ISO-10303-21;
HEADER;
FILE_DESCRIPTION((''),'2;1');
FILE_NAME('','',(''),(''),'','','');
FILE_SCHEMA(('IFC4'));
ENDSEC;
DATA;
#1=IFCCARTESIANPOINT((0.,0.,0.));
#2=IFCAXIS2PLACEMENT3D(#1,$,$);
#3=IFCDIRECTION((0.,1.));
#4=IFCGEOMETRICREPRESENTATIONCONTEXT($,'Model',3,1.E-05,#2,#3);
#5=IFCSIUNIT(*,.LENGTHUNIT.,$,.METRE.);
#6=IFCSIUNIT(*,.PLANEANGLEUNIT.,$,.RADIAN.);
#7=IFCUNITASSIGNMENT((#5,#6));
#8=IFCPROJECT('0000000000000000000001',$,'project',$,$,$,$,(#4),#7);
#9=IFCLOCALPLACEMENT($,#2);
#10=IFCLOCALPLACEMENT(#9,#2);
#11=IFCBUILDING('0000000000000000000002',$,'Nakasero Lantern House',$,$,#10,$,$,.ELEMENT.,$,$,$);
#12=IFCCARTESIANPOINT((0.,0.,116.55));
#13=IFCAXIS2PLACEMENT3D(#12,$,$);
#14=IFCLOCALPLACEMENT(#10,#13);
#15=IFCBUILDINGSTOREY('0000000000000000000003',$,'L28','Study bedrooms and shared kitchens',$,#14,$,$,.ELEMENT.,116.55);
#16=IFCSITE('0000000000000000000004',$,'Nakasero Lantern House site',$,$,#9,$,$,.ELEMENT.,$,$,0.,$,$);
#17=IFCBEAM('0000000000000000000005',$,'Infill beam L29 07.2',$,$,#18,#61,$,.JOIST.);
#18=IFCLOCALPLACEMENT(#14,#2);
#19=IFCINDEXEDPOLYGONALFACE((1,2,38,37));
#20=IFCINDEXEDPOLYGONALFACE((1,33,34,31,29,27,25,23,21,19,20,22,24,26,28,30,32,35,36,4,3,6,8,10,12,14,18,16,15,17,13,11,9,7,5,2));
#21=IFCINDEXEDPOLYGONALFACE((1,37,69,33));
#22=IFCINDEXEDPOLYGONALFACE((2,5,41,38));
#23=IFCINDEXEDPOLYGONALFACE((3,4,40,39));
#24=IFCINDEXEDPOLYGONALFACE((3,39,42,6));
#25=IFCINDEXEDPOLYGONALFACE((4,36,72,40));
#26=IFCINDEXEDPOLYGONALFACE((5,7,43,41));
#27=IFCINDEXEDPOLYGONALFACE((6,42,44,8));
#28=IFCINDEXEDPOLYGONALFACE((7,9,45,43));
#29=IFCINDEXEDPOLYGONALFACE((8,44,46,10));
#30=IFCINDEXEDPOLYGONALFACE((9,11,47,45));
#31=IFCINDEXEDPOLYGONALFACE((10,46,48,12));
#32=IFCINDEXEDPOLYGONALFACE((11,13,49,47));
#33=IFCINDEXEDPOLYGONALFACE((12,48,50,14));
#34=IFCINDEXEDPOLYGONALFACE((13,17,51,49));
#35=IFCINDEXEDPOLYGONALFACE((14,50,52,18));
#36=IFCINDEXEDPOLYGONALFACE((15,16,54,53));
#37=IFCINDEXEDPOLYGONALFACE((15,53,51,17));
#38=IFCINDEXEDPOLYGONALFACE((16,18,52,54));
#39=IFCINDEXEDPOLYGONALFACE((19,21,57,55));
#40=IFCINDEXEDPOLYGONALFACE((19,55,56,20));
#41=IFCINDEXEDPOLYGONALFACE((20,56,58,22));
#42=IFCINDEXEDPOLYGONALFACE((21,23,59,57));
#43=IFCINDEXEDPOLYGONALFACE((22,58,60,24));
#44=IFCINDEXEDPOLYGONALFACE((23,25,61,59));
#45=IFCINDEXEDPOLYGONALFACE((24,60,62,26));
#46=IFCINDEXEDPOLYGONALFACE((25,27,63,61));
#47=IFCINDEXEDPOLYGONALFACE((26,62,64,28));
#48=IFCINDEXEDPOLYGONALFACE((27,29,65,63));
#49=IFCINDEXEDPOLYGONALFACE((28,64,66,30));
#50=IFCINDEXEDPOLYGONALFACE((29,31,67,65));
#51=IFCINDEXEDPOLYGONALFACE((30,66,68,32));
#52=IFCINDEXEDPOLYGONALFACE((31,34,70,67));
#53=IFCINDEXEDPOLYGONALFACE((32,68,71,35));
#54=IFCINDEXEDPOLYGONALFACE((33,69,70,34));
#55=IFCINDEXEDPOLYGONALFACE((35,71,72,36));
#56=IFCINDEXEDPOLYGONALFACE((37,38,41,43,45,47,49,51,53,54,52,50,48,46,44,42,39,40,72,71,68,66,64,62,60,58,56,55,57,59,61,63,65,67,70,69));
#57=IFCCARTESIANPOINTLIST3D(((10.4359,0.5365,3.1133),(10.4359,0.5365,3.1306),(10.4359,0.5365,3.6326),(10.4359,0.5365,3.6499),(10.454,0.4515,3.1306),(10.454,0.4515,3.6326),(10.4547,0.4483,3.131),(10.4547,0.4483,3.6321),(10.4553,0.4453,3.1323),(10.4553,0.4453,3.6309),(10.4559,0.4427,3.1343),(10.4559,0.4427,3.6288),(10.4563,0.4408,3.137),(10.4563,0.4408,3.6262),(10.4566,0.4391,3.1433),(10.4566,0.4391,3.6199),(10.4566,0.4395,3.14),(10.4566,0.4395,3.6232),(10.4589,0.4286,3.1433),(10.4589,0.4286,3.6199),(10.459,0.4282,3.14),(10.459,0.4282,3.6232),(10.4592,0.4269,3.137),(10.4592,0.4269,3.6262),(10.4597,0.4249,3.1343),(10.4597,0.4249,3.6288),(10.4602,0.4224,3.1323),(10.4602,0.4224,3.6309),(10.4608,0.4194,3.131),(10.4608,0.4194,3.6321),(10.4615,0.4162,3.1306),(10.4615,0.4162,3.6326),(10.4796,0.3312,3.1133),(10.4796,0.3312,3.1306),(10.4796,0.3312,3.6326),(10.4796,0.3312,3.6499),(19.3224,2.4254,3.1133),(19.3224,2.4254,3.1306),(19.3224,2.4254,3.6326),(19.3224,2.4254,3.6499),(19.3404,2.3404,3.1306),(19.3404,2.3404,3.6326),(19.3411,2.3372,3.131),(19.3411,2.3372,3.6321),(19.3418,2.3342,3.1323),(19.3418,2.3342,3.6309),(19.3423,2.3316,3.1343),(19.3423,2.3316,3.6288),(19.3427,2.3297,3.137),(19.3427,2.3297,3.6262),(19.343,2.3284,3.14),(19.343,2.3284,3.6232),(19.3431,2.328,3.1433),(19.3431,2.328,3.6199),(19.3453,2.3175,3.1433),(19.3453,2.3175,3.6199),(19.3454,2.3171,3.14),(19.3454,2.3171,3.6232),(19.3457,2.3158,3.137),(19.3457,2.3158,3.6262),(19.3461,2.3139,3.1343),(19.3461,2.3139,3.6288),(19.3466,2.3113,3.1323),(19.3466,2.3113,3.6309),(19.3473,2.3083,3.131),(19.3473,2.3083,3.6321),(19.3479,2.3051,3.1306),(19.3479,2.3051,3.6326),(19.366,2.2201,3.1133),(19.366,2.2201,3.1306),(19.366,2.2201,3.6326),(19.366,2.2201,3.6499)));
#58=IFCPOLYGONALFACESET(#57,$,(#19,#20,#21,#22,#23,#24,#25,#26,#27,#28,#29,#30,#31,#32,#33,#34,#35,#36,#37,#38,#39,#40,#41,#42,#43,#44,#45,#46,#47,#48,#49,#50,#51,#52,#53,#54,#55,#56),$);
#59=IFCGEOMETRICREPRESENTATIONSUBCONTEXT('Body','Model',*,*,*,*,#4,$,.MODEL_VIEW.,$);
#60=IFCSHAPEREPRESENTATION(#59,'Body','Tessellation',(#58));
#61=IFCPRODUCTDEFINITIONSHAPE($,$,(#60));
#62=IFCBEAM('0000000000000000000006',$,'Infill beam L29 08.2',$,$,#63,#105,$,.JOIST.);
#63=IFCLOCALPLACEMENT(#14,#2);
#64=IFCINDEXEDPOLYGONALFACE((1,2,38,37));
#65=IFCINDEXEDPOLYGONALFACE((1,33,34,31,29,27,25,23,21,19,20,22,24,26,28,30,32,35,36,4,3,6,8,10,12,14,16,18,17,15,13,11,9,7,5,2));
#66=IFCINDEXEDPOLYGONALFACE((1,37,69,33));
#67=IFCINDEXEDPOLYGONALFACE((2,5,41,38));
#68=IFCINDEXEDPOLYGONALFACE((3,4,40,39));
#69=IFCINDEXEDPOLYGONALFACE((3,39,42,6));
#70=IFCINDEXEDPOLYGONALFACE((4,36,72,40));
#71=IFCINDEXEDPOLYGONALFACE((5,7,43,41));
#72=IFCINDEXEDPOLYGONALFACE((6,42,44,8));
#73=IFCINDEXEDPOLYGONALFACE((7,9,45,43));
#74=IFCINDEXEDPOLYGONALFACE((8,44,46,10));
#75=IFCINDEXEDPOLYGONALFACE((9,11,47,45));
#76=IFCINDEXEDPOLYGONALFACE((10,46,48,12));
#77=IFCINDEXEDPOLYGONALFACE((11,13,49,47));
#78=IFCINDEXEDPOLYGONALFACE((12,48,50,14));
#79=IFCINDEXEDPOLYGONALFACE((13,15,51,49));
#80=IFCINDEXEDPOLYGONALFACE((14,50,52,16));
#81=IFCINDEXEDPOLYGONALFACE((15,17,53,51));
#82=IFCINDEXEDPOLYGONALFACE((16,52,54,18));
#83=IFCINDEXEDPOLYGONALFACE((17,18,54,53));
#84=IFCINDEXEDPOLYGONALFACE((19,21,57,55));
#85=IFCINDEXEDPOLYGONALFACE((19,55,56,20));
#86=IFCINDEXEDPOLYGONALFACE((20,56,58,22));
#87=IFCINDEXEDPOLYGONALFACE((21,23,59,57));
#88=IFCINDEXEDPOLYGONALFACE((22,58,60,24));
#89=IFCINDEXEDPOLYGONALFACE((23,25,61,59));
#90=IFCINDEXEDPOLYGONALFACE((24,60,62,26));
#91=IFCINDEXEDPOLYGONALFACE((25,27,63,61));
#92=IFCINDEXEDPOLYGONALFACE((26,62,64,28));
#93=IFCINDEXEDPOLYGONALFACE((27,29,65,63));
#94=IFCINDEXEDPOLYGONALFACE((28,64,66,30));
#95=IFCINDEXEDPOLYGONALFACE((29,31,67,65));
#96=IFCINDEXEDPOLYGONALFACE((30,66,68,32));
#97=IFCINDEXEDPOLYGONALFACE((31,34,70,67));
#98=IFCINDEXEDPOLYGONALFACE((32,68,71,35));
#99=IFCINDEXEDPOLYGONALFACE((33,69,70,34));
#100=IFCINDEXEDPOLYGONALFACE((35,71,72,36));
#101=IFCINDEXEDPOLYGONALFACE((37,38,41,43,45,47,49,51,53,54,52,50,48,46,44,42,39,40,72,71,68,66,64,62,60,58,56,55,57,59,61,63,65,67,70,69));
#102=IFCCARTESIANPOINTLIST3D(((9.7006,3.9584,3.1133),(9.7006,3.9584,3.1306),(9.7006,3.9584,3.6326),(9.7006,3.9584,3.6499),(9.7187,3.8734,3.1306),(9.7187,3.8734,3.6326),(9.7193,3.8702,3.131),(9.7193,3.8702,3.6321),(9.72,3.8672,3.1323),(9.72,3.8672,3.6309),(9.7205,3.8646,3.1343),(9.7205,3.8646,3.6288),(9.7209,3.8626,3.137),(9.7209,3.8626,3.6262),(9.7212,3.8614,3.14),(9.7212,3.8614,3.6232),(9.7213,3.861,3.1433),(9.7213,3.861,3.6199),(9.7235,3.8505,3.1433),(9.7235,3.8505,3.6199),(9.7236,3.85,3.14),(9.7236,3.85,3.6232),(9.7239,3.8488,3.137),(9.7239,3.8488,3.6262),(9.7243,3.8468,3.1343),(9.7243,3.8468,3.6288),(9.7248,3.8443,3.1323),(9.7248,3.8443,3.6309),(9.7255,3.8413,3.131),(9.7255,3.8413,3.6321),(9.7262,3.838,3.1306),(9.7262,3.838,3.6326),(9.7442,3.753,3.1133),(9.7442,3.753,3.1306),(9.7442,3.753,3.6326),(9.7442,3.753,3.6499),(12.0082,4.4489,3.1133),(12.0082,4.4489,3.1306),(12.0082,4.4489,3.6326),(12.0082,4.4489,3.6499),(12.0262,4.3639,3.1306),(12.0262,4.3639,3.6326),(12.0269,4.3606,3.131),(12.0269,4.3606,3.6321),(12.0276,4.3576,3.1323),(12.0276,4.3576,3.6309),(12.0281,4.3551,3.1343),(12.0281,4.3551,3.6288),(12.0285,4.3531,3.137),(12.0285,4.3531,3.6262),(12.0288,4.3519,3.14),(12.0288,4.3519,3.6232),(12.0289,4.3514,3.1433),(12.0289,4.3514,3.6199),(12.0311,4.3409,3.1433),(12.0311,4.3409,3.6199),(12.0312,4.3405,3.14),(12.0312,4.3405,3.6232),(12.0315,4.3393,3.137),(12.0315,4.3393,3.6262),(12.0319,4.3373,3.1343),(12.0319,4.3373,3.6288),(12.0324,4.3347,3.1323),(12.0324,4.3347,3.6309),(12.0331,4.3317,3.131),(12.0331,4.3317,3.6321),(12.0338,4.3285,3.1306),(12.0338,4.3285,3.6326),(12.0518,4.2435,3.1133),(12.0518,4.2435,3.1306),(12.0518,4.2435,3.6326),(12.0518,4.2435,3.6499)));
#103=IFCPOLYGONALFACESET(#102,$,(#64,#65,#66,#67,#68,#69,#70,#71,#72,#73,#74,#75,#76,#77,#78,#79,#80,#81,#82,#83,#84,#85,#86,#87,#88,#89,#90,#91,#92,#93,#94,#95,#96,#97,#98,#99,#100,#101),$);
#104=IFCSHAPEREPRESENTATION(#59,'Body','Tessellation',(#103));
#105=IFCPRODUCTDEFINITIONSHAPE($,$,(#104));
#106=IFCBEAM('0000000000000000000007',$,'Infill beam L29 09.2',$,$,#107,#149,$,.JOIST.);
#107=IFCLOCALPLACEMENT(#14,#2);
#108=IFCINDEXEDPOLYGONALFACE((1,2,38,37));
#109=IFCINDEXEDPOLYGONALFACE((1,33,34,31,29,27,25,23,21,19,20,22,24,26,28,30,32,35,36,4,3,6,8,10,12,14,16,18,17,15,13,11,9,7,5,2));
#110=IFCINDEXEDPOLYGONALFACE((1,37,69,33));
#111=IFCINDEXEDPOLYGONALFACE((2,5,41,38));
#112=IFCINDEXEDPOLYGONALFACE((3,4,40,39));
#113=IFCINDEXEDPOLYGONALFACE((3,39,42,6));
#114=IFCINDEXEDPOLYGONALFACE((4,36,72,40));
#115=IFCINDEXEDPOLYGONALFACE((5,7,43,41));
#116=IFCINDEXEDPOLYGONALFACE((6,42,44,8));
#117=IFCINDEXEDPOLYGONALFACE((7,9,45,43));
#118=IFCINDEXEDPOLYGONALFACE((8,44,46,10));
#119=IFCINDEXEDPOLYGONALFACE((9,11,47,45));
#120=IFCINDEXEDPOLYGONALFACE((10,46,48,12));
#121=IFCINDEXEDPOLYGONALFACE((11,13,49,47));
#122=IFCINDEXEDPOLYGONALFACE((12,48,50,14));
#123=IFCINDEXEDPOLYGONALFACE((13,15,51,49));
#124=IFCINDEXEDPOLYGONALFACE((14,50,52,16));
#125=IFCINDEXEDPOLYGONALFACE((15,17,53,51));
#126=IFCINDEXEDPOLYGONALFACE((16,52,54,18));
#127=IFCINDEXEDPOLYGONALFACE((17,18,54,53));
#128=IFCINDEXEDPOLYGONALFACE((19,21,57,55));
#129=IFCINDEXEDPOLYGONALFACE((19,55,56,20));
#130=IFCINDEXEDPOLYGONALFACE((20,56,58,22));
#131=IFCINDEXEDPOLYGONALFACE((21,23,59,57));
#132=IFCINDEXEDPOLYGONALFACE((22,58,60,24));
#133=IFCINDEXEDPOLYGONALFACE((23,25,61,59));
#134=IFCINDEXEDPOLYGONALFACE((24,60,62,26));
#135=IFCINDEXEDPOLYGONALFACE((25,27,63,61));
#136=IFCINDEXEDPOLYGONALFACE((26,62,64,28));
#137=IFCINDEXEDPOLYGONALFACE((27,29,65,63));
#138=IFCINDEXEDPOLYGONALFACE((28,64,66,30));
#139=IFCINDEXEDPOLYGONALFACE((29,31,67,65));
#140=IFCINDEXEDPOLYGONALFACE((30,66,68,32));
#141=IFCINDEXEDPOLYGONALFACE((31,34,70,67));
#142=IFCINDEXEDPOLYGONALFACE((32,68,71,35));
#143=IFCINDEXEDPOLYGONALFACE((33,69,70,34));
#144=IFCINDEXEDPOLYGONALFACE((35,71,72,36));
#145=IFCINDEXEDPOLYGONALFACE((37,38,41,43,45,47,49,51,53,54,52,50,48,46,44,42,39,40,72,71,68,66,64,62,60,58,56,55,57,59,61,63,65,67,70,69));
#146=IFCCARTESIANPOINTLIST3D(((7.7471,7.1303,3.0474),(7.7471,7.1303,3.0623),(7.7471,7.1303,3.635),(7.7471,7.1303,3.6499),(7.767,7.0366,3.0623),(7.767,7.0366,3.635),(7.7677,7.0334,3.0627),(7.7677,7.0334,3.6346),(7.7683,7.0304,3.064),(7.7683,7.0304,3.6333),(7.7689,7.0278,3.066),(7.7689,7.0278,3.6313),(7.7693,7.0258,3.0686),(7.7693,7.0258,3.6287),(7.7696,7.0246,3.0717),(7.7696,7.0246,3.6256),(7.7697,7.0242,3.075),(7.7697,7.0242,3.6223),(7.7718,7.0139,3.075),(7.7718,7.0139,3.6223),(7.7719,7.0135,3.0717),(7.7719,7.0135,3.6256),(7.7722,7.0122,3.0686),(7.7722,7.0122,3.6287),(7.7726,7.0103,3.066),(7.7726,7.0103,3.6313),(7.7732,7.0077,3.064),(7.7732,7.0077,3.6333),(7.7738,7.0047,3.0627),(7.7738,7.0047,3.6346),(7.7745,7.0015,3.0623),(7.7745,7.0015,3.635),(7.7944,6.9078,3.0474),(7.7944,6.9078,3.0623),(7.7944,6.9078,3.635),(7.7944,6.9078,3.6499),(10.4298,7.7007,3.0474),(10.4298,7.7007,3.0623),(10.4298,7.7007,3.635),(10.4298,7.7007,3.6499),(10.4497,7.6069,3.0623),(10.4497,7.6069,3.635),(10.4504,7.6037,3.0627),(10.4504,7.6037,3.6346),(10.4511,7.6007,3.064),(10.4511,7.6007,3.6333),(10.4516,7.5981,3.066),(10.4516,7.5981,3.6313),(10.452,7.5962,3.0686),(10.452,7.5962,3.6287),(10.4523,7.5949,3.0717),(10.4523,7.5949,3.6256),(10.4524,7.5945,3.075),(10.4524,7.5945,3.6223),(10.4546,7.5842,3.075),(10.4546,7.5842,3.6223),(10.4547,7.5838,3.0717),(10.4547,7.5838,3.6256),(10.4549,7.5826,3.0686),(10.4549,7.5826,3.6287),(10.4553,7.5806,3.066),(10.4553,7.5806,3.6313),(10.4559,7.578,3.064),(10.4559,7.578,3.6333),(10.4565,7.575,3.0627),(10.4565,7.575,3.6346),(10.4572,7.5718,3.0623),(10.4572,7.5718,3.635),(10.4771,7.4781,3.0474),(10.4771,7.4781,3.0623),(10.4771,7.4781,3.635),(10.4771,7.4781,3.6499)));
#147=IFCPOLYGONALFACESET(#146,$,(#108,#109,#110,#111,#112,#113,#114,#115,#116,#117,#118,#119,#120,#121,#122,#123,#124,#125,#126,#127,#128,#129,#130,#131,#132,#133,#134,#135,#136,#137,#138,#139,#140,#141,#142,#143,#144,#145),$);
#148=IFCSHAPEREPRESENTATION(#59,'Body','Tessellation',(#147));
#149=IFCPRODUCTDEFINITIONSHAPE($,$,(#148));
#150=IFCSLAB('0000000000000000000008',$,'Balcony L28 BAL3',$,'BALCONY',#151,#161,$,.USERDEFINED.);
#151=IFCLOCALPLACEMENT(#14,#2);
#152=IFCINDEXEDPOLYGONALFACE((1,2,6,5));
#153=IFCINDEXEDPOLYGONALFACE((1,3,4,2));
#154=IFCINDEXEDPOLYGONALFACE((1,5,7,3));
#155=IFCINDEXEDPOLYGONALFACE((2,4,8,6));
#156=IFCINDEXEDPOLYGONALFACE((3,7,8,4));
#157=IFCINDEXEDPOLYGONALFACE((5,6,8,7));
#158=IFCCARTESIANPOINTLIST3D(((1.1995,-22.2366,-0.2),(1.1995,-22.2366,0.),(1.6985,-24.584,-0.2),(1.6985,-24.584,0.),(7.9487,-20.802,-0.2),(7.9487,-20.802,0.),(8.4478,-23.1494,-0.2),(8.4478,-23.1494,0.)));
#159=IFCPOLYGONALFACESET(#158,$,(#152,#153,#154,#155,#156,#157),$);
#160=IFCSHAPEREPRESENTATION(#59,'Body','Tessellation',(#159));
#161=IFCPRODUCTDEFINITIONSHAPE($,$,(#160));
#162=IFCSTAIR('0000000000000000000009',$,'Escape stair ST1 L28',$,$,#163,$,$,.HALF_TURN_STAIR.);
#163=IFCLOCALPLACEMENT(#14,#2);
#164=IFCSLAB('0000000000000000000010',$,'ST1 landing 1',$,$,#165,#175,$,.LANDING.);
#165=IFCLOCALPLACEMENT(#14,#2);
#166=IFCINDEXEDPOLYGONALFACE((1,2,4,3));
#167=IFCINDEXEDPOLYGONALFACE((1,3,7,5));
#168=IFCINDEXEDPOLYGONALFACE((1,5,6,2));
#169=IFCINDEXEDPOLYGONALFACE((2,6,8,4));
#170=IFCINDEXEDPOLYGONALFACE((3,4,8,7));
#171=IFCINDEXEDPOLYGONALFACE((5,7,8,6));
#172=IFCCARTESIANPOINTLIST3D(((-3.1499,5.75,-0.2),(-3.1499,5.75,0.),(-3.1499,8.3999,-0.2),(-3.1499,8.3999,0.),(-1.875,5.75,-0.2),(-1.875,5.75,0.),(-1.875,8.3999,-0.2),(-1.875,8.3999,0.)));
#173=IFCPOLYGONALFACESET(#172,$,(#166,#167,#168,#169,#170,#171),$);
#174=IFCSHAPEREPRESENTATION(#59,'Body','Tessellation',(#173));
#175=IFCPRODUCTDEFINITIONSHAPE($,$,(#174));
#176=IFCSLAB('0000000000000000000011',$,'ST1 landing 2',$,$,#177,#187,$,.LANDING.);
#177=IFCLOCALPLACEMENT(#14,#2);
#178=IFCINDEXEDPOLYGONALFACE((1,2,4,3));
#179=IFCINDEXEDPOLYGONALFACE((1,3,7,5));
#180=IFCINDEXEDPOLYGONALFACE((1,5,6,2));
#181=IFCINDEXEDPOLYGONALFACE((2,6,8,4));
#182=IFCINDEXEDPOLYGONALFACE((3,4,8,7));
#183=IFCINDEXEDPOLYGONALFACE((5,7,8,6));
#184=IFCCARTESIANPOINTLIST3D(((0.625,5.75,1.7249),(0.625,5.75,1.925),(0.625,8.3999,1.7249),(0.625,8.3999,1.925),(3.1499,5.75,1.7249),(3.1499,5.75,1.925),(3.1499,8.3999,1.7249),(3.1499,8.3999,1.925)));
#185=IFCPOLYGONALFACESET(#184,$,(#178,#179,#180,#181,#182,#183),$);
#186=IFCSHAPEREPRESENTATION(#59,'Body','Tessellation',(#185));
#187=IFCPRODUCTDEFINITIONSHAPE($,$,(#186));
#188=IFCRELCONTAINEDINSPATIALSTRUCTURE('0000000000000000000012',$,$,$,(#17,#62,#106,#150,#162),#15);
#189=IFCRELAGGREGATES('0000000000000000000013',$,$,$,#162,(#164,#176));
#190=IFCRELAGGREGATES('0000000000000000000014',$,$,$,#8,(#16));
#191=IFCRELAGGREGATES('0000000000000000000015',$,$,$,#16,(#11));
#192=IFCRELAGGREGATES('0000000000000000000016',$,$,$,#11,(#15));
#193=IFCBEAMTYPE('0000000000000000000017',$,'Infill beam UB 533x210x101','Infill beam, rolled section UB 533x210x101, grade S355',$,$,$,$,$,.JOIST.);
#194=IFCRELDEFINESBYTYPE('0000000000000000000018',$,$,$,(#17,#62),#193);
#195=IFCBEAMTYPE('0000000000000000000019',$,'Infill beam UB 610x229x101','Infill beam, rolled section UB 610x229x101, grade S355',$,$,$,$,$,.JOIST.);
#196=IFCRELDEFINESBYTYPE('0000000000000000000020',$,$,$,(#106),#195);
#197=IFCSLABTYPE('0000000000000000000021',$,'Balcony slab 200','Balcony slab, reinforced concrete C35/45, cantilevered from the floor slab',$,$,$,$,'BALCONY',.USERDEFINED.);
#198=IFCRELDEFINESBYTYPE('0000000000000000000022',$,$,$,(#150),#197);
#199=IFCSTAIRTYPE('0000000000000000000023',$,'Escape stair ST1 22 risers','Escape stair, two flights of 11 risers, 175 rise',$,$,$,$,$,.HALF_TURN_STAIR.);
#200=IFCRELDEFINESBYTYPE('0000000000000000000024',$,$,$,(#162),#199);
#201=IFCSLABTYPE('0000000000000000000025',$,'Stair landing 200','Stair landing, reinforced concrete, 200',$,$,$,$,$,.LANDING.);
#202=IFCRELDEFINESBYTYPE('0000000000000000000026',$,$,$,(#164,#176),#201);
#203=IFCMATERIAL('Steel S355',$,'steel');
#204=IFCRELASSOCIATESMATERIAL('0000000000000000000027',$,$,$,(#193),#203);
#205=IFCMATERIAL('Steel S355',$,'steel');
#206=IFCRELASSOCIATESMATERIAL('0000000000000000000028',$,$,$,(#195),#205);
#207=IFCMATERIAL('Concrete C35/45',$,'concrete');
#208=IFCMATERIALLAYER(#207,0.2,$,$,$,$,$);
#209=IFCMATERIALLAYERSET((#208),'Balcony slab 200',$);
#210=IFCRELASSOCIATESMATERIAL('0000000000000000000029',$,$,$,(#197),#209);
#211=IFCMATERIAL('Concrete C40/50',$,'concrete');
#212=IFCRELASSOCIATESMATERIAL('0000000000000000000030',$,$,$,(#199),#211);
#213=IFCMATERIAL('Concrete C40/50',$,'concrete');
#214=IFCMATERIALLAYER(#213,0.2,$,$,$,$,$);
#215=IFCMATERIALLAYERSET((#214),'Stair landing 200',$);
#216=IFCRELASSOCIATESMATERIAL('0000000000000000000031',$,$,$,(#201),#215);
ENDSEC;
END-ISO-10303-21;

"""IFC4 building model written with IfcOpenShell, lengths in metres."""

from ifc_helpers import new_model, si_unit, direction, frame, origin, origin_2d, place, context, subcontext, project, spatial, polyline, i_section, outline, extrude, material, layer, layer_set, material_profile, profile_set, type_object, element, aggregate, save


model = new_model("IFC4")

# Units and contexts
model_context = context("Model", 3, precision=1e-05, world=origin(), true_north=direction((0.0, 1.0)))
body_context = subcontext(model_context, "Body", "Model", "MODEL_VIEW")
ifc_project = project(units=[si_unit("LENGTHUNIT", "METRE"), si_unit("PLANEANGLEUNIT", "RADIAN")], contexts=[model_context])

# Site, building, storey
site_placement = place(None, origin())
site = spatial("IfcSite", under=ifc_project, at=site_placement, Name="Nakasero Lantern House site", CompositionType="ELEMENT", RefElevation=0.0)
building_placement = place(site_placement, origin())
building = spatial("IfcBuilding", under=site, at=building_placement, Name="Nakasero Lantern House", CompositionType="ELEMENT")
storey_placement = place(building_placement, frame((0.0, 0.0, 116.55)))
storey = spatial("IfcBuildingStorey", under=building, at=storey_placement, Name="L28", Description="Study bedrooms and shared kitchens", CompositionType="ELEMENT", Elevation=116.55)

# Beams
ifc_material_1 = material(Name="Steel S355", Category="steel")
ifc_material_profile_1 = material_profile(ifc_material_1, i_section(OverallWidth=0.21, OverallDepth=0.5366, WebThickness=0.0107, FlangeThickness=0.0173, FilletRadius=0.0127, at=origin_2d()), Name="UB 533x210x101")
ifc_profile_set_1 = profile_set([ifc_material_profile_1], Name="Steel S355")
beam_type_1 = type_object("IfcBeamType", Name="Infill beam UB 533x210x101", Description="Infill beam, rolled section UB 533x210x101, grade S355", PredefinedType="JOIST", material=ifc_profile_set_1)
beam_1_placement = place(storey_placement, frame((10.4578, 0.4338, 3.3816), z_axis=(0.978147, 0.207916, 0.0), x_axis=(-0.207916, 0.978147, 0.0)))
element("IfcBeam", 1, at=beam_1_placement, inside=storey, type_object=beam_type_1, Name="Infill beam L29 07.2", PredefinedType="JOIST", context=body_context, shape_type="SweptSolid", body=[
    extrude(i_section(OverallWidth=0.21, OverallDepth=0.5366, WebThickness=0.0107, FlangeThickness=0.0173, FilletRadius=0.0127, at=origin_2d()), origin(), (0.0, 0.0, 1.0), 9.085),
])
beam_2_placement = place(storey_placement, frame((9.7224, 3.8557, 3.3816), z_axis=(0.978149, 0.207903, 0.0), x_axis=(-0.207903, 0.978149, 0.0)))
element("IfcBeam", 2, at=beam_2_placement, inside=storey, type_object=beam_type_1, Name="Infill beam L29 08.2", PredefinedType="JOIST", context=body_context, shape_type="SweptSolid", body=[
    extrude(i_section(OverallWidth=0.21, OverallDepth=0.5366, WebThickness=0.0107, FlangeThickness=0.0173, FilletRadius=0.0127, at=origin_2d()), origin(), (0.0, 0.0, 1.0), 2.3591),
])
ifc_material_2 = material(Name="Steel S355", Category="steel")
ifc_material_profile_2 = material_profile(ifc_material_2, i_section(OverallWidth=0.2275, OverallDepth=0.6025, WebThickness=0.0105, FlangeThickness=0.0149, FilletRadius=0.0127, at=origin_2d()), Name="UB 610x229x101")
ifc_profile_set_2 = profile_set([ifc_material_profile_2], Name="Steel S355")
beam_type_2 = type_object("IfcBeamType", Name="Infill beam UB 610x229x101", Description="Infill beam, rolled section UB 610x229x101, grade S355", PredefinedType="JOIST", material=ifc_profile_set_2)
beam_3_placement = place(storey_placement, frame((7.7708, 7.019, 3.3486), z_axis=(0.97814, 0.207948, 0.0), x_axis=(-0.207948, 0.97814, 0.0)))
element("IfcBeam", 3, at=beam_3_placement, inside=storey, type_object=beam_type_2, Name="Infill beam L29 09.2", PredefinedType="JOIST", context=body_context, shape_type="SweptSolid", body=[
    extrude(i_section(OverallWidth=0.2275, OverallDepth=0.6025, WebThickness=0.0105, FlangeThickness=0.0149, FilletRadius=0.0127, at=origin_2d()), origin(), (0.0, 0.0, 1.0), 2.7427),
])

# Slab
ifc_material_3 = material(Name="Concrete C35/45", Category="concrete")
ifc_layer_1 = layer(ifc_material_3, 0.2)
ifc_layer_set_1 = layer_set([ifc_layer_1], Name="Balcony slab 200")
slab_type_1 = type_object("IfcSlabType", Name="Balcony slab 200", Description="Balcony slab, reinforced concrete C35/45, cantilevered from the floor slab", ElementType="BALCONY", PredefinedType="USERDEFINED", material=ifc_layer_set_1)
slab_1_placement = place(storey_placement, frame((0.0, 0.0, -0.2)))
element("IfcSlab", 4, at=slab_1_placement, inside=storey, type_object=slab_type_1, Name="Balcony L28 BAL3", ObjectType="BALCONY", PredefinedType="USERDEFINED", context=body_context, shape_type="SweptSolid", body=[
    extrude(outline(polyline([(1.1995, -22.2366), (1.6985, -24.584), (8.4478, -23.1494), (7.9487, -20.802), (1.1995, -22.2366)])), origin(), (0.0, 0.0, 1.0), 0.2),
])

# Stair, slabs
ifc_material_4 = material(Name="Concrete C40/50", Category="concrete")
stair_type_1 = type_object("IfcStairType", Name="Escape stair ST1 22 risers", Description="Escape stair, two flights of 11 risers, 175 rise", PredefinedType="HALF_TURN_STAIR", material=ifc_material_4)
stair_1_placement = place(storey_placement, origin())
stair_1 = element("IfcStair", 5, at=stair_1_placement, inside=storey, type_object=stair_type_1, Name="Escape stair ST1 L28", PredefinedType="HALF_TURN_STAIR")
ifc_material_5 = material(Name="Concrete C40/50", Category="concrete")
ifc_layer_2 = layer(ifc_material_5, 0.2)
ifc_layer_set_2 = layer_set([ifc_layer_2], Name="Stair landing 200")
slab_type_2 = type_object("IfcSlabType", Name="Stair landing 200", Description="Stair landing, reinforced concrete, 200", PredefinedType="LANDING", material=ifc_layer_set_2)
slab_2_placement = place(storey_placement, frame((0.0, 0.0, -0.2)))
slab_2 = element("IfcSlab", 6, at=slab_2_placement, type_object=slab_type_2, Name="ST1 landing 1", PredefinedType="LANDING", context=body_context, shape_type="SweptSolid", body=[
    extrude(outline(polyline([(-3.1499, 5.75), (-1.875, 5.75), (-1.875, 8.3999), (-3.1499, 8.3999), (-3.1499, 5.75)])), origin(), (0.0, 0.0, 1.0), 0.2),
])
slab_3_placement = place(storey_placement, frame((0.0, 0.0, 1.7249)))
slab_3 = element("IfcSlab", 7, at=slab_3_placement, type_object=slab_type_2, Name="ST1 landing 2", PredefinedType="LANDING", context=body_context, shape_type="SweptSolid", body=[
    extrude(outline(polyline([(0.625, 5.75), (3.1499, 5.75), (3.1499, 8.3999), (0.625, 8.3999), (0.625, 5.75)])), origin(), (0.0, 0.0, 1.0), 0.2002),
])

aggregate(stair_1, [slab_2, slab_3])

save(model, "model.ifc")
